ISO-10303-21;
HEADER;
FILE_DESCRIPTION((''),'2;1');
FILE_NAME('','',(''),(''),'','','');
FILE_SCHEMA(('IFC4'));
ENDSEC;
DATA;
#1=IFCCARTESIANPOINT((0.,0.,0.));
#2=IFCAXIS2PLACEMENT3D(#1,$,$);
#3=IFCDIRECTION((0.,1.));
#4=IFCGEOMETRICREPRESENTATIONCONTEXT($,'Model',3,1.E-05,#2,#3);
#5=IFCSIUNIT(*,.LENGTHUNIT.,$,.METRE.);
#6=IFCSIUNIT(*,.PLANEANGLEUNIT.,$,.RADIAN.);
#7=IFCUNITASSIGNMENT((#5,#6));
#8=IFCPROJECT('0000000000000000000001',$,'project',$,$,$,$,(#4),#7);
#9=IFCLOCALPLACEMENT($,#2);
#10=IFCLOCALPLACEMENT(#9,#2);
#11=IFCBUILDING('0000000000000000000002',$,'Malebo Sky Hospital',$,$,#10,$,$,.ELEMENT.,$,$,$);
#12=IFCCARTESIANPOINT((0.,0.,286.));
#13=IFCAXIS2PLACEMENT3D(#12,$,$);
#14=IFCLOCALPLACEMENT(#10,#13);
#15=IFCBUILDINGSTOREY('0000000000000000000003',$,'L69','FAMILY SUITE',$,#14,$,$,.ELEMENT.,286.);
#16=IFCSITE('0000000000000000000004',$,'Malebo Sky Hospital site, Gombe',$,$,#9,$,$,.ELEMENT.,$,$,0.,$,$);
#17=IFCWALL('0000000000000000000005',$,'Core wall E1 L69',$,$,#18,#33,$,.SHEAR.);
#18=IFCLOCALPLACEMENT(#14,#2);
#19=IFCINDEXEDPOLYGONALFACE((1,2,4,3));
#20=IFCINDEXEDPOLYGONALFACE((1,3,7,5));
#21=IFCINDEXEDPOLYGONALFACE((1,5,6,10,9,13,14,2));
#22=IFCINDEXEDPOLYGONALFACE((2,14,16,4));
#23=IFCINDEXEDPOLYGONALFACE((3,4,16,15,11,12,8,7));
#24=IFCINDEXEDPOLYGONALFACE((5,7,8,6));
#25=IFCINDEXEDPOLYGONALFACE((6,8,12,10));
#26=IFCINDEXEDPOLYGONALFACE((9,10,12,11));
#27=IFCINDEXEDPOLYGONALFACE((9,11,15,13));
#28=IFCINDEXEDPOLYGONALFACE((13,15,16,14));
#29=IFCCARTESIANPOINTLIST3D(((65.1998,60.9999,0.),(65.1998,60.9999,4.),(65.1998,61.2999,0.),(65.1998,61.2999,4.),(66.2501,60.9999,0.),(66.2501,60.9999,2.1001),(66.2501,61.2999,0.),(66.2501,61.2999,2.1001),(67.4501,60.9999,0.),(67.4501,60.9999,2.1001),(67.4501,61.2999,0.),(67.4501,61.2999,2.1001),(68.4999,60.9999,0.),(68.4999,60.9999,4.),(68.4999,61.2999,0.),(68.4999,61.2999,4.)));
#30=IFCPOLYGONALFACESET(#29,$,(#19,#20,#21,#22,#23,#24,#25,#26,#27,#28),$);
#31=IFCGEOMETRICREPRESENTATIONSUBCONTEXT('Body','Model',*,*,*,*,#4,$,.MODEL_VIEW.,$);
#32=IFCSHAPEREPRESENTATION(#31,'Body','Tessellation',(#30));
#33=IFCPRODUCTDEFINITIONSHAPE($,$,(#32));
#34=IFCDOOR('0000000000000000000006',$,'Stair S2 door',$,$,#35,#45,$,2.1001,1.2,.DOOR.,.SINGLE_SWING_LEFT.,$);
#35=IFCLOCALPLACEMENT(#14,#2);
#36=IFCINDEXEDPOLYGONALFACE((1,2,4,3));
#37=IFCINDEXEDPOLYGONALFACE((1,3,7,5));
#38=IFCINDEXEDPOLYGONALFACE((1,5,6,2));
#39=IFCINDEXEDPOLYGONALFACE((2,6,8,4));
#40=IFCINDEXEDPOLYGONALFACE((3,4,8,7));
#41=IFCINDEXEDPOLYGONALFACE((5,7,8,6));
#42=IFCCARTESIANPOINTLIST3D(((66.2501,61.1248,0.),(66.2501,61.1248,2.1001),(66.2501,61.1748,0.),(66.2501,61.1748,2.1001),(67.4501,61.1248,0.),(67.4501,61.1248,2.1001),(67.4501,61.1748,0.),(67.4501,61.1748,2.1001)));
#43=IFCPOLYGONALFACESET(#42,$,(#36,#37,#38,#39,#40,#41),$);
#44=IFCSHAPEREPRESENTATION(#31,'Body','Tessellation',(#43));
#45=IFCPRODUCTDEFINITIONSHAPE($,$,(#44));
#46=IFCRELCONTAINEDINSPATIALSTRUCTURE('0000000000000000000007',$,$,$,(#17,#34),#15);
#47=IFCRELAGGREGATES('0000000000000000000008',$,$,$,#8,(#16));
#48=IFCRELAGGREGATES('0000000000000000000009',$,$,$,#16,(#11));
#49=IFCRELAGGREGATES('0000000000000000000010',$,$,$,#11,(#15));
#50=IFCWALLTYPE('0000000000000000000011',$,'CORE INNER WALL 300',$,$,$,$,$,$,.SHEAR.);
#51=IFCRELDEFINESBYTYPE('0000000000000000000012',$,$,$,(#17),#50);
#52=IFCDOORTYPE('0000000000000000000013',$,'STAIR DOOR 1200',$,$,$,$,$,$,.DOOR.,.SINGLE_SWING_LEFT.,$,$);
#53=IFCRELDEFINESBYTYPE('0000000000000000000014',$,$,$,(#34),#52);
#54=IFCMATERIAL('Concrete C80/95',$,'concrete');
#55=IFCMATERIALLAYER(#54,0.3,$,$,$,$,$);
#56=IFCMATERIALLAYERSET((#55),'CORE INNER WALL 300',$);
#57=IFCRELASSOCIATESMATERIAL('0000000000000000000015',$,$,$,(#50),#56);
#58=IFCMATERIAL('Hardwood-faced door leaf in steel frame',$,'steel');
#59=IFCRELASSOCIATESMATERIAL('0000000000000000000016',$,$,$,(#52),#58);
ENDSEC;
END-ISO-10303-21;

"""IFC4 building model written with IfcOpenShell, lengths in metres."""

from ifc_helpers import new_model, si_unit, direction, frame, frame_2d, origin, place, context, subcontext, project, spatial, rectangle, extrude, material, layer, layer_set, type_object, element, fill, save


model = new_model("IFC4")

# Units and contexts
model_context = context("Model", 3, precision=1e-05, world=origin(), true_north=direction((0.0, 1.0)))
body_context = subcontext(model_context, "Body", "Model", "MODEL_VIEW")
ifc_project = project(units=[si_unit("LENGTHUNIT", "METRE"), si_unit("PLANEANGLEUNIT", "RADIAN")], contexts=[model_context])

# Site, building, storey
site_placement = place(None, origin())
site = spatial("IfcSite", under=ifc_project, at=site_placement, Name="Malebo Sky Hospital site, Gombe", CompositionType="ELEMENT", RefElevation=0.0)
building_placement = place(site_placement, origin())
building = spatial("IfcBuilding", under=site, at=building_placement, Name="Malebo Sky Hospital", CompositionType="ELEMENT")
storey_placement = place(building_placement, frame((0.0, 0.0, 286.0)))
storey = spatial("IfcBuildingStorey", under=building, at=storey_placement, Name="L69", Description="FAMILY SUITE", CompositionType="ELEMENT", Elevation=286.0)

# Shared definitions
ifc_material_1 = material(Name="Concrete C80/95", Category="concrete")
ifc_material_2 = material(Name="Hardwood-faced door leaf in steel frame", Category="steel")

# Shared definitions
ifc_layer_1 = layer(ifc_material_1, 0.3)
ifc_layer_set_1 = layer_set([ifc_layer_1], Name="CORE INNER WALL 300")
wall_type_1 = type_object("IfcWallType", Name="CORE INNER WALL 300", PredefinedType="SHEAR", material=ifc_layer_set_1)

# Wall, opening, door
wall_1_placement = place(storey_placement, frame((65.2, 61.1499, 0.0), z_axis=(0.0, 0.0, 1.0), x_axis=(1.0, 0.0, 0.0)))
wall_1 = element("IfcWall", 1, at=wall_1_placement, inside=storey, type_object=wall_type_1, Name="Core wall E1 L69", PredefinedType="SHEAR", context=body_context, shape_type="SweptSolid", body=[
    extrude(rectangle(XDim=3.3, YDim=0.3, at=frame_2d((1.6499, 0.0))), origin(), (0.0, 0.0, 1.0), 4.0),
])
opening_1_placement = place(wall_1_placement, frame((1.05, 0.0, 0.0)))
opening_1 = element("IfcOpeningElement", 2, at=opening_1_placement, cuts=wall_1, PredefinedType="OPENING", context=body_context, shape_type="SweptSolid", body=[
    extrude(rectangle(XDim=1.2, YDim=2.1001, at=frame_2d((0.6001, 1.05))), frame((0.0, 0.1599, 0.0), z_axis=(0.0, -1.0, 0.0), x_axis=(1.0, 0.0, 0.0)), (0.0, 0.0, 1.0), 0.3201),
])
door_type_1 = type_object("IfcDoorType", Name="STAIR DOOR 1200", OperationType="SINGLE_SWING_LEFT", PredefinedType="DOOR", material=ifc_material_2)
door_1_placement = place(opening_1_placement, origin())
door_1 = element("IfcDoor", 3, at=door_1_placement, inside=storey, type_object=door_type_1, Name="Stair S2 door", OperationType="SINGLE_SWING_LEFT", OverallHeight=2.1001, OverallWidth=1.2, PredefinedType="DOOR", context=body_context, shape_type="SweptSolid", body=[
    extrude(rectangle(XDim=1.2, YDim=2.1001, at=frame_2d((0.6001, 1.05))), frame((0.0, 0.0249, 0.0), z_axis=(0.0, -1.0, 0.0), x_axis=(1.0, 0.0, 0.0)), (0.0, 0.0, 1.0), 0.05),
])
fill(opening_1, door_1)

save(model, "model.ifc")
